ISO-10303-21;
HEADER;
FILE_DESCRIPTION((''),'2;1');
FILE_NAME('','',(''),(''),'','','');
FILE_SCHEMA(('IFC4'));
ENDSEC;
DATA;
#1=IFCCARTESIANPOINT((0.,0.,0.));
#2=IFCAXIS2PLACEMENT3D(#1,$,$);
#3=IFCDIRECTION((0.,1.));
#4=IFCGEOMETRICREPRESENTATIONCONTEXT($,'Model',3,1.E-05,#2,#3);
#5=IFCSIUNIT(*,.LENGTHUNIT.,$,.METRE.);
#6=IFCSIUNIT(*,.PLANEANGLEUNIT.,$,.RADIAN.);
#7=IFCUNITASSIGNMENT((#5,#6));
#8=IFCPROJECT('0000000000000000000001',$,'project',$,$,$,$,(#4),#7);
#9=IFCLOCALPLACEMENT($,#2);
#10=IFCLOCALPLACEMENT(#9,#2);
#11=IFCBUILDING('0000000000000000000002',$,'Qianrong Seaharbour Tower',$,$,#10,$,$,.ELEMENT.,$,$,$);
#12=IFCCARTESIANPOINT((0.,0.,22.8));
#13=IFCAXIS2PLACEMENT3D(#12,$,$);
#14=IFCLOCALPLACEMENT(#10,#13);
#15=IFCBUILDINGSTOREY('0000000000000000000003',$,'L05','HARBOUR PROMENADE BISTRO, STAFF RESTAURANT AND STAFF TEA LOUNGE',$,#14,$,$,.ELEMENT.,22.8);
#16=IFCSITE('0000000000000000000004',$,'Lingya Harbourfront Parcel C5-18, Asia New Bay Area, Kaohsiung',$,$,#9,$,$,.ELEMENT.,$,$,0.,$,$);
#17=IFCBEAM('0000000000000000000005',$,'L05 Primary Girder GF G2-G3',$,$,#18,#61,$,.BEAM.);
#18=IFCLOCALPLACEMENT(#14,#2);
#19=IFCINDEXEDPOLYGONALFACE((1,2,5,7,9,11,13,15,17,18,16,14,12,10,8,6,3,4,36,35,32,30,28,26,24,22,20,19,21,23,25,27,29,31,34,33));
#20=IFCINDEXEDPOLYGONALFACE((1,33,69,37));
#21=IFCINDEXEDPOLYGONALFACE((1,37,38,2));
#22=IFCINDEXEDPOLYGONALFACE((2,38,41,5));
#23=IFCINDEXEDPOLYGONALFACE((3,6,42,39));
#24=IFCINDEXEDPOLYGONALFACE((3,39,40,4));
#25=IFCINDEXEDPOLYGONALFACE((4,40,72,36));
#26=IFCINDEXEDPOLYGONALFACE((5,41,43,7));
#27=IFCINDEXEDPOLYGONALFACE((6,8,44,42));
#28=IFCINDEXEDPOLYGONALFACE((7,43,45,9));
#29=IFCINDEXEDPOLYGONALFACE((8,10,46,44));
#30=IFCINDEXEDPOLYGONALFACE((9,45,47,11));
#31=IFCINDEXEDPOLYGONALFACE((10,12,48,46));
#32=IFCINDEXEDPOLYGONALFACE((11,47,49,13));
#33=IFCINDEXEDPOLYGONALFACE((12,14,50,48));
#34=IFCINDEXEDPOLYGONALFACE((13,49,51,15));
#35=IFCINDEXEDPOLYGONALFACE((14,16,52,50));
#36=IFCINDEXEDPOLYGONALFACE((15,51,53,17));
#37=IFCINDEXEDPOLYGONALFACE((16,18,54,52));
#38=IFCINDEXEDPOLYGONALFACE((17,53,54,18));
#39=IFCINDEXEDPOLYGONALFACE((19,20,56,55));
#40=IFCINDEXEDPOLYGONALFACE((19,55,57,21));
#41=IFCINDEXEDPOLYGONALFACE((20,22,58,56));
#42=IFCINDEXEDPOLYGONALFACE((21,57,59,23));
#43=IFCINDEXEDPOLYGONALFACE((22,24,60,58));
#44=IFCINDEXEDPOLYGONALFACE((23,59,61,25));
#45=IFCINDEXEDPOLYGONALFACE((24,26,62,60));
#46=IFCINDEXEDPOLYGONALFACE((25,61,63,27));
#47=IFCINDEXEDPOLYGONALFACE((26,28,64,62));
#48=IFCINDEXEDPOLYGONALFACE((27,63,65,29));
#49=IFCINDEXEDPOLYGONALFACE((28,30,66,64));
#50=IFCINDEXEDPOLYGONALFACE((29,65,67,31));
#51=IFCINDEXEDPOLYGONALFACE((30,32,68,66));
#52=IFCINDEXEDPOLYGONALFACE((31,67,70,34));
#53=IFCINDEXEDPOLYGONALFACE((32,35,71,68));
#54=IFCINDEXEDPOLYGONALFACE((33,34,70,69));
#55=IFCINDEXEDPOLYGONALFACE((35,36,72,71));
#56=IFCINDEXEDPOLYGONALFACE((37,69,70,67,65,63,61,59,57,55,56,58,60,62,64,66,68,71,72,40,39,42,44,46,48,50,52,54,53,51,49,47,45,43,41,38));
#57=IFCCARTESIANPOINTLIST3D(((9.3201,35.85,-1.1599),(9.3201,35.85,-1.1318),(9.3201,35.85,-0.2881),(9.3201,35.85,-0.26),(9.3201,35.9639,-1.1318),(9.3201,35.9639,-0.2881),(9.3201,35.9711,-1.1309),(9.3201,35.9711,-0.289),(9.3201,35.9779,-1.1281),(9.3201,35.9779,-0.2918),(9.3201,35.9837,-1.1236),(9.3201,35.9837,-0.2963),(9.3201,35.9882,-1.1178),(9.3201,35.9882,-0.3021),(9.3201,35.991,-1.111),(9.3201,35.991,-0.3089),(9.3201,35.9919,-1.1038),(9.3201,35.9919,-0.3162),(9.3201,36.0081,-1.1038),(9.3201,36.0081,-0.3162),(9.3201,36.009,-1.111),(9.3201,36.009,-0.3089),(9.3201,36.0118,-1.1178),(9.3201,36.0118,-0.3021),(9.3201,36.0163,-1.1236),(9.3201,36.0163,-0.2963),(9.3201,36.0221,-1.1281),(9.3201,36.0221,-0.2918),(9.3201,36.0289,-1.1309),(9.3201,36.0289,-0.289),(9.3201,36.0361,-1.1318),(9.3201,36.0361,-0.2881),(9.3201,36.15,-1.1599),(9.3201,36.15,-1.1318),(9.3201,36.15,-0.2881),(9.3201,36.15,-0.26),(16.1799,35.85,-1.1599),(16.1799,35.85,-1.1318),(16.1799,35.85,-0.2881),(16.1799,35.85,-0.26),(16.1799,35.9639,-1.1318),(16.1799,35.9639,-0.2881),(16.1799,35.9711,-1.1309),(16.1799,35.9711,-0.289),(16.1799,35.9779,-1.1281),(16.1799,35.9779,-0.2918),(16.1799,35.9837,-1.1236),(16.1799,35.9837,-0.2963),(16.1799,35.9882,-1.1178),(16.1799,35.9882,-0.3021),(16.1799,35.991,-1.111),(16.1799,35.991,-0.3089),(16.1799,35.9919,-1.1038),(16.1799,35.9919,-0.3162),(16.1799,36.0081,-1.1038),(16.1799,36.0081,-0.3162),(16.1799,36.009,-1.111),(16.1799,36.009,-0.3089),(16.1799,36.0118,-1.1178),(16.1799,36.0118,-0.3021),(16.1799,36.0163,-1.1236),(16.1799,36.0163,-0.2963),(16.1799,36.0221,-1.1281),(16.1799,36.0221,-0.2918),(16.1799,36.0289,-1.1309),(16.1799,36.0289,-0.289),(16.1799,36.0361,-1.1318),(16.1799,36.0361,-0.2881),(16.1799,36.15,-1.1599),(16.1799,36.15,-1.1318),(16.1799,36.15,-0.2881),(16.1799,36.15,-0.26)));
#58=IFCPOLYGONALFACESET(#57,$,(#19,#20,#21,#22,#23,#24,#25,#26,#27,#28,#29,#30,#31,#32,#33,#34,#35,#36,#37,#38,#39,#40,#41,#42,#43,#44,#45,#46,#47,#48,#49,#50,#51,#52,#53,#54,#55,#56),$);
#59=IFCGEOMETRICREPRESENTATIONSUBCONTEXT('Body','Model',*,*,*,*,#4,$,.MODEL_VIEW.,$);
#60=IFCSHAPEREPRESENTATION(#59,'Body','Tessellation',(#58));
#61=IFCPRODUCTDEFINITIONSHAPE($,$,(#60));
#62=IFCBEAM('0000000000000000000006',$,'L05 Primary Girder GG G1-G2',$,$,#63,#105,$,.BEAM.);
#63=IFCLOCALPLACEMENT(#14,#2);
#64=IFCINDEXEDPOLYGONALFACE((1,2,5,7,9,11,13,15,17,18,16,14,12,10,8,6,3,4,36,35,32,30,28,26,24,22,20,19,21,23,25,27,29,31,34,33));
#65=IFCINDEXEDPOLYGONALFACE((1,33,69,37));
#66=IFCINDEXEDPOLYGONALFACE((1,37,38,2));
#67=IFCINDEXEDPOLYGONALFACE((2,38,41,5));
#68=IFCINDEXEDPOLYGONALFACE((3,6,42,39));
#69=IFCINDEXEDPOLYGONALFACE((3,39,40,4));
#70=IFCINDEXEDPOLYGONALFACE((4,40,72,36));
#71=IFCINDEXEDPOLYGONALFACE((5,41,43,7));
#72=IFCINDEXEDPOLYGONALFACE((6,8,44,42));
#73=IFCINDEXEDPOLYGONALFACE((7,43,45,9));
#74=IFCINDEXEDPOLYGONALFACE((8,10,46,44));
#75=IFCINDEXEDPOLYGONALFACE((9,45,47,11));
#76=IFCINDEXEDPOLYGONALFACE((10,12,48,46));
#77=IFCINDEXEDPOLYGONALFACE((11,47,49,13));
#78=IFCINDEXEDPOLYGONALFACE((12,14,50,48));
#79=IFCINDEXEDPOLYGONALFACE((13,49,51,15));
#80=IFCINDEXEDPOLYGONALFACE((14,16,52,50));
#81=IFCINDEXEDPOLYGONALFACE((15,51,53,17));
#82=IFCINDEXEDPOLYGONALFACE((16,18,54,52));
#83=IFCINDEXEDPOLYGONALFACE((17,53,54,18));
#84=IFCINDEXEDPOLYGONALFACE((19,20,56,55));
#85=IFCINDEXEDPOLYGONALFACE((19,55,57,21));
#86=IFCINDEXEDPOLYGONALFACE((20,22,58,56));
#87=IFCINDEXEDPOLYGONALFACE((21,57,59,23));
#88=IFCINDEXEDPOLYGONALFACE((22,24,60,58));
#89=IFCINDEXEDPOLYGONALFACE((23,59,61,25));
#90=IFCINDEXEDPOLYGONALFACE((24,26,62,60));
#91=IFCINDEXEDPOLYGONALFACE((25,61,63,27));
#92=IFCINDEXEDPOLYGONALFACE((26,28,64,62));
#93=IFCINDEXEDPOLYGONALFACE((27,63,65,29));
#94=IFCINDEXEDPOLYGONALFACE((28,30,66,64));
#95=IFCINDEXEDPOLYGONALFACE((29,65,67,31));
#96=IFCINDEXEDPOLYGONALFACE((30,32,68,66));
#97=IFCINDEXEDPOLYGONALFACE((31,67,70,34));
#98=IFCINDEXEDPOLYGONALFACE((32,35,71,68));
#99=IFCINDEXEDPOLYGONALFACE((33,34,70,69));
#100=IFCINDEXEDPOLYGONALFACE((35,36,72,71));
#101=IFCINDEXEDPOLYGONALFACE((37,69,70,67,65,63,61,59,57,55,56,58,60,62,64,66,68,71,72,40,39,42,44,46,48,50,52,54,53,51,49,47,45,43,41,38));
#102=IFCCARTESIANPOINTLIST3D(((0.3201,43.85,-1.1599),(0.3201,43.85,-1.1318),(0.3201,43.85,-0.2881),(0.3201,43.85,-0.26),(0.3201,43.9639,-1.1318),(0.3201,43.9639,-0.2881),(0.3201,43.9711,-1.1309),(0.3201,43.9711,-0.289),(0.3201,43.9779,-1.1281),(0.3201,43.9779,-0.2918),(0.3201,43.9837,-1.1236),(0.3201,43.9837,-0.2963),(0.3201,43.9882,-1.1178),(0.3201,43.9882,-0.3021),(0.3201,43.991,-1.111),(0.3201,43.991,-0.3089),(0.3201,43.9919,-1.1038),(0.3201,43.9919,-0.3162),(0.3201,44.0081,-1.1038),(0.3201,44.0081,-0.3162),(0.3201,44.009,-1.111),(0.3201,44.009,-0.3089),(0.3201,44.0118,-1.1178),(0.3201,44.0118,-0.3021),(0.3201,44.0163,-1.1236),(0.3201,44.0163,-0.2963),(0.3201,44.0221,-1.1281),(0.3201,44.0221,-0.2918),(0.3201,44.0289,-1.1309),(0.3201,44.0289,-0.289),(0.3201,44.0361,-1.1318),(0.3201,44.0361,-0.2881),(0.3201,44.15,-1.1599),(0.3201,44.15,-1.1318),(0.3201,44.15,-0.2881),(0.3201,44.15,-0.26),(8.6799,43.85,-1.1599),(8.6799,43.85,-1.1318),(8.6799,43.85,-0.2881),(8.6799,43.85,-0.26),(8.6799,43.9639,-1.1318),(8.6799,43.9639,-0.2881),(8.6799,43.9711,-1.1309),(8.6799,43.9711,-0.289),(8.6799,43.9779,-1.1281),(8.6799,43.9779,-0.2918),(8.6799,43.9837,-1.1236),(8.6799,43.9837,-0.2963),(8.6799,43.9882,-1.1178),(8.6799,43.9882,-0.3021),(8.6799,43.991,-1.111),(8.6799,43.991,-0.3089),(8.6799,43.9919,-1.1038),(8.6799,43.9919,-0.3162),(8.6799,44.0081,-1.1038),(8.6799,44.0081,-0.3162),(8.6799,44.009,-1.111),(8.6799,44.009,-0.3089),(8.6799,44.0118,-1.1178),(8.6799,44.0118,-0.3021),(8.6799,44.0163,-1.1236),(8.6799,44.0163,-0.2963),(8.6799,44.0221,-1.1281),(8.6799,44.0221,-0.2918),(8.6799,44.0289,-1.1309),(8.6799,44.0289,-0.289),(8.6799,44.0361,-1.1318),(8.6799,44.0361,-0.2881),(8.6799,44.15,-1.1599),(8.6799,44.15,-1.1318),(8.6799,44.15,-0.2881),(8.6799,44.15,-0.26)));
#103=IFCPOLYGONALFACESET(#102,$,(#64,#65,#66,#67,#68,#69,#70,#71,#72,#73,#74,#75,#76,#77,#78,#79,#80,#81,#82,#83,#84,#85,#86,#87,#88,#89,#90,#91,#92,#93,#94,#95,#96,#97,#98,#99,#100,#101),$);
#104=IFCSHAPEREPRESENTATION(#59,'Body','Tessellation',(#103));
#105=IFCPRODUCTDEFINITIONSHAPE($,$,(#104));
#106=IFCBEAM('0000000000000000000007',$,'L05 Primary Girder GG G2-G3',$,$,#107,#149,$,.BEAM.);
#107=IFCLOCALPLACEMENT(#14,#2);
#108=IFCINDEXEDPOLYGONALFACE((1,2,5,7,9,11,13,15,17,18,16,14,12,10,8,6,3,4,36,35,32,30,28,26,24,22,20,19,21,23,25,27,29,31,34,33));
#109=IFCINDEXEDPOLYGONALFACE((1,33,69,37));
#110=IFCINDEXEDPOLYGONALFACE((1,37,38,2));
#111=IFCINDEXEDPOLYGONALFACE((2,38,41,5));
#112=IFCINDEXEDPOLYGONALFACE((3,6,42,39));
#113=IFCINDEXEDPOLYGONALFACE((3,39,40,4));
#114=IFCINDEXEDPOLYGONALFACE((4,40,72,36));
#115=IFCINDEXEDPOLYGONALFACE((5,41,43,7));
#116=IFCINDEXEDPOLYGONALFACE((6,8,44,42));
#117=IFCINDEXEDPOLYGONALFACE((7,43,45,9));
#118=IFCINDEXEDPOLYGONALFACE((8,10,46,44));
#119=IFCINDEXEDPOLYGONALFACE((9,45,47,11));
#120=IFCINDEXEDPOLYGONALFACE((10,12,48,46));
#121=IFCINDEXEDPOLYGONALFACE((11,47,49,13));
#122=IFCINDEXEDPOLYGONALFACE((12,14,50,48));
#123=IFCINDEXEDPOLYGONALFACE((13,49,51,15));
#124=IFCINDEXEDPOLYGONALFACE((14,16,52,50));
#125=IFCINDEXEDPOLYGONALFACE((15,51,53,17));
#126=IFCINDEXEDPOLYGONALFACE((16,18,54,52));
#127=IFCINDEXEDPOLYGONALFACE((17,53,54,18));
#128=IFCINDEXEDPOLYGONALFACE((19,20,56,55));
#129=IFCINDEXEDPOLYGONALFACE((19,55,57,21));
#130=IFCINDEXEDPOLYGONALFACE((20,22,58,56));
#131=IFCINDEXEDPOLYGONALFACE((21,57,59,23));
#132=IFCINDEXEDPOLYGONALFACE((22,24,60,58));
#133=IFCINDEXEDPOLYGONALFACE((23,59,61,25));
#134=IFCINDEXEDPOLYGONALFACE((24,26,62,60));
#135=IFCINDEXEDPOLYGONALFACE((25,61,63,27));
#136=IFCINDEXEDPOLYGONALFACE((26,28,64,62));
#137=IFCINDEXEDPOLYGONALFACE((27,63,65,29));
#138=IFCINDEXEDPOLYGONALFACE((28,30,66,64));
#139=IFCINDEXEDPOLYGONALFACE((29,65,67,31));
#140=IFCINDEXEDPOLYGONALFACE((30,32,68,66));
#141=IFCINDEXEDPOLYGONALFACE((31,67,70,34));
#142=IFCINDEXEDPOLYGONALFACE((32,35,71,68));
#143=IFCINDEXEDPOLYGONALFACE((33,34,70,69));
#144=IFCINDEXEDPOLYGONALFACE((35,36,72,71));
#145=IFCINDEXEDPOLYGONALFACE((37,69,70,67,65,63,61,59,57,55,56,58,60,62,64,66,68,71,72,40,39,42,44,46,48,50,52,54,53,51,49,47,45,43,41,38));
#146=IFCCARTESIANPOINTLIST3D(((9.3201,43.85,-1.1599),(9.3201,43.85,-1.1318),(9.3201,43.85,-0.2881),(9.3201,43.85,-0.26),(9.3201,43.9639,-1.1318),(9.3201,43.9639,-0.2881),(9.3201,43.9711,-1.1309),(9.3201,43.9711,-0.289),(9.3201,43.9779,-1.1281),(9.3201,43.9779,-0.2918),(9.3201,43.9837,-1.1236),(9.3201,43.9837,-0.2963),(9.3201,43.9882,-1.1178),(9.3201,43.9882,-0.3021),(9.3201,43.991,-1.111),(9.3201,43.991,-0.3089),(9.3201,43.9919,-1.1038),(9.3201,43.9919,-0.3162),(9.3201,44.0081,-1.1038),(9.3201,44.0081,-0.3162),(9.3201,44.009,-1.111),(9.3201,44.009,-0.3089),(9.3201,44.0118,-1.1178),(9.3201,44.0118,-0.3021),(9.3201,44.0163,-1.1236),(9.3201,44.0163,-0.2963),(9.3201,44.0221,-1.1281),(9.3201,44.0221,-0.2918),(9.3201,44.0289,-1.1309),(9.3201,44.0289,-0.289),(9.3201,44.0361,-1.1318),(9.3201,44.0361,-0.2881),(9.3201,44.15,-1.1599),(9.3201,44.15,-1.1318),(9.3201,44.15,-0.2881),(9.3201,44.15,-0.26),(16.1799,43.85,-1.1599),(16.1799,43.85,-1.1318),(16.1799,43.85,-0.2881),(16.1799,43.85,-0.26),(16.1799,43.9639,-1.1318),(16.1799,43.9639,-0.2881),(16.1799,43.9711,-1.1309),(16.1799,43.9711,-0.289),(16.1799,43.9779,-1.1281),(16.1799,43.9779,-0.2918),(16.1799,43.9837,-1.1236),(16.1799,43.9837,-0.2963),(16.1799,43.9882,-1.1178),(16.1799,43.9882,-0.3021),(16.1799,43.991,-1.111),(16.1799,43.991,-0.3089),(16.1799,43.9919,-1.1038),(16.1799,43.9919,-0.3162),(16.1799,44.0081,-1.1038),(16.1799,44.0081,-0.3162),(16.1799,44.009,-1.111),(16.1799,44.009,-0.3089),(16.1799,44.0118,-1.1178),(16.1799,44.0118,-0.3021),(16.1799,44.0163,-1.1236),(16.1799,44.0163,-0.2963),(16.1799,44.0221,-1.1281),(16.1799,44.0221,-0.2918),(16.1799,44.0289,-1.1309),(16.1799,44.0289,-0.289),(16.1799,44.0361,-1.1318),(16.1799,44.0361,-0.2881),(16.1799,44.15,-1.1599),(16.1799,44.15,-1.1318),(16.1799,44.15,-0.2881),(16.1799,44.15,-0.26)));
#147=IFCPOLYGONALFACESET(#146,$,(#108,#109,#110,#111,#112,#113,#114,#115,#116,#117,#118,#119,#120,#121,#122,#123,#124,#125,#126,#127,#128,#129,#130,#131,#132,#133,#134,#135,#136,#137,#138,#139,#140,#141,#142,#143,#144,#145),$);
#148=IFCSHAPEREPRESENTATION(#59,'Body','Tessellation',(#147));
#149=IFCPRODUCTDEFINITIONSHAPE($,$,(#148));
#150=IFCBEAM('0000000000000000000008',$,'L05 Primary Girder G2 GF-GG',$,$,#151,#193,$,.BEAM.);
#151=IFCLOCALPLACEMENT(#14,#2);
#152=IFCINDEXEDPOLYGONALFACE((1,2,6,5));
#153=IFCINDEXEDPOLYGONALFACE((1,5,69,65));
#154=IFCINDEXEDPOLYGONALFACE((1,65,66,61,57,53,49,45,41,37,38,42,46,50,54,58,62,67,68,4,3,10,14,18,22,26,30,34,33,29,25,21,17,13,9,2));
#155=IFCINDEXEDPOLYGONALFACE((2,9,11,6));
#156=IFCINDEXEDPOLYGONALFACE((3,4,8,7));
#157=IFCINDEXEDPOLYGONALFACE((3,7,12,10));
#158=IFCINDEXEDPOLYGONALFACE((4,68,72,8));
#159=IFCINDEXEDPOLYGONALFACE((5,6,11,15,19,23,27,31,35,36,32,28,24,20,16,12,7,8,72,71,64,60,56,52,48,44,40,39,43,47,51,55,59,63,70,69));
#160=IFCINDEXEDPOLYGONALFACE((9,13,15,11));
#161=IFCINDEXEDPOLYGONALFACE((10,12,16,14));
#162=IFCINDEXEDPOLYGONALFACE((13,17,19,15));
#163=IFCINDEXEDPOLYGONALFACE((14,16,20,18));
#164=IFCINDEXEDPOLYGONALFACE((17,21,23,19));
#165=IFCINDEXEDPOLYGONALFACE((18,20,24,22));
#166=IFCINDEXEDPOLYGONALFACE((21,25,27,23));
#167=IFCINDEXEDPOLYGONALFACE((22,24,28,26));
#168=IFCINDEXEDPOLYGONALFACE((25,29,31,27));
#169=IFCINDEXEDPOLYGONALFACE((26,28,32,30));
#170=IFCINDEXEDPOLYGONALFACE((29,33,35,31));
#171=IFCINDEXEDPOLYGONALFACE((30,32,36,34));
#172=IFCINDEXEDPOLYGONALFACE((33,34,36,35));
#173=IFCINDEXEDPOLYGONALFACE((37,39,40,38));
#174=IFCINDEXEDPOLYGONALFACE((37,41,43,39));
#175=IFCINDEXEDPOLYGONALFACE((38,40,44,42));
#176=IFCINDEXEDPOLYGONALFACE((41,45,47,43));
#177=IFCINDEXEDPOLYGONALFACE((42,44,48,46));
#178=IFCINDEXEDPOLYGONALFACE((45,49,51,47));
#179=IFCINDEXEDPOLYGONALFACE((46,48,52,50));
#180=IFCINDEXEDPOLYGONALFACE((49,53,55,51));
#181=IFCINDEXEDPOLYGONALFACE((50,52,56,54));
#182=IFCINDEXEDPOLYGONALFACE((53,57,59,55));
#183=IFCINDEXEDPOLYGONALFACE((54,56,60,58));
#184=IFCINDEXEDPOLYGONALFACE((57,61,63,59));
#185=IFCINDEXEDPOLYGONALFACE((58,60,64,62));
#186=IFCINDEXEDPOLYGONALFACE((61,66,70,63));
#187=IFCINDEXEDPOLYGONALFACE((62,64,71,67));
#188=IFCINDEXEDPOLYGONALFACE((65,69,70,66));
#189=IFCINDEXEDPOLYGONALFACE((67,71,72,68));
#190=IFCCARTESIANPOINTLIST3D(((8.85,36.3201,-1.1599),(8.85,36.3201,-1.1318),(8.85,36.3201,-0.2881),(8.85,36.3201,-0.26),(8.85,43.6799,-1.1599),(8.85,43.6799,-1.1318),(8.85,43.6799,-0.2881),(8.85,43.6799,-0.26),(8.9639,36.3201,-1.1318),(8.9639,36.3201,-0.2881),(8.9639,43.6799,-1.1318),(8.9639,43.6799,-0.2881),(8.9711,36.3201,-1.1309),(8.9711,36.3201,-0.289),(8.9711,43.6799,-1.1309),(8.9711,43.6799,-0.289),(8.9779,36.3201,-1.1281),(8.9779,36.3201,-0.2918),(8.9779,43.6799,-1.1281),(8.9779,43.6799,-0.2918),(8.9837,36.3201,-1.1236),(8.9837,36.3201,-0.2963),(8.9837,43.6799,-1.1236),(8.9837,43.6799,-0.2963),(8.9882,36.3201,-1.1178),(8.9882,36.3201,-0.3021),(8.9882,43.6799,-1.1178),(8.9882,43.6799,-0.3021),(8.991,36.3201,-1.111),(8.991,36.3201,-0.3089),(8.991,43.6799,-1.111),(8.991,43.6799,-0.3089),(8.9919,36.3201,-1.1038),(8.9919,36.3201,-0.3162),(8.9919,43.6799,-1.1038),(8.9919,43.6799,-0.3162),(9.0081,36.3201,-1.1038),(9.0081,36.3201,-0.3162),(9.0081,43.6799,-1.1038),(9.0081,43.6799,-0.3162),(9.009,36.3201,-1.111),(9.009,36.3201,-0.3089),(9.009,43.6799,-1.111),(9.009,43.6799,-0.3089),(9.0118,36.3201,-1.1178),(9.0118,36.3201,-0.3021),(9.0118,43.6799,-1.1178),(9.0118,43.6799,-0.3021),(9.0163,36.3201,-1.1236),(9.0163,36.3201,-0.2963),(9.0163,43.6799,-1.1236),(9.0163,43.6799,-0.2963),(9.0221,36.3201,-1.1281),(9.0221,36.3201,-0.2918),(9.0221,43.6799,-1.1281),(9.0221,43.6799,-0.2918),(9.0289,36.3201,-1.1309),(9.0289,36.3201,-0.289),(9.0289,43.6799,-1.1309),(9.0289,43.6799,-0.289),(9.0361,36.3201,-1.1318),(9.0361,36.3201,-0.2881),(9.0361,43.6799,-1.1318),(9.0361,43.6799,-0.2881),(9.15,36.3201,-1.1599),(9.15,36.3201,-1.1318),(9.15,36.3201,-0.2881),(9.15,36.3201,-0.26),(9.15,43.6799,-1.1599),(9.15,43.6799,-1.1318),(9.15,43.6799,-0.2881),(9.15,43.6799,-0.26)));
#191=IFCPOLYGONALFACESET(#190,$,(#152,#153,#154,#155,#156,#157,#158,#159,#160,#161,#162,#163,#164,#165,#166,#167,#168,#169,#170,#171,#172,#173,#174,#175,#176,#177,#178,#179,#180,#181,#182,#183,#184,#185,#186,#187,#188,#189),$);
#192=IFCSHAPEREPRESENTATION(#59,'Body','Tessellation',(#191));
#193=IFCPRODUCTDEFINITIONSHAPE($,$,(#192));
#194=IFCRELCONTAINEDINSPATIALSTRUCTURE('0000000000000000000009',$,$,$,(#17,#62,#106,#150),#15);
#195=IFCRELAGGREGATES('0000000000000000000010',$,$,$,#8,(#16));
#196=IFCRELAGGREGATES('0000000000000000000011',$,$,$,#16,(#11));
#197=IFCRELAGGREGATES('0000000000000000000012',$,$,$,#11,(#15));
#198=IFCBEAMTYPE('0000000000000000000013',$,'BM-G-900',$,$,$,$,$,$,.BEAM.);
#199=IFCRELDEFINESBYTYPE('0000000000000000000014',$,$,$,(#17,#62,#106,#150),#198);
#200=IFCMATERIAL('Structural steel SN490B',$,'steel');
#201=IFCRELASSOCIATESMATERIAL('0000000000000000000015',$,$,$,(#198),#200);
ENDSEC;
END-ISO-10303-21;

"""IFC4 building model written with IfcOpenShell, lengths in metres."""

from ifc_helpers import new_model, si_unit, direction, frame, origin, origin_2d, place, context, subcontext, project, spatial, i_section, extrude, material, material_profile, profile_set, type_object, element, save


model = new_model("IFC4")

# Units and contexts
model_context = context("Model", 3, precision=1e-05, world=origin(), true_north=direction((0.0, 1.0)))
body_context = subcontext(model_context, "Body", "Model", "MODEL_VIEW")
ifc_project = project(units=[si_unit("LENGTHUNIT", "METRE"), si_unit("PLANEANGLEUNIT", "RADIAN")], contexts=[model_context])

# Site, building, storey
site_placement = place(None, origin())
site = spatial("IfcSite", under=ifc_project, at=site_placement, Name="Lingya Harbourfront Parcel C5-18, Asia New Bay Area, Kaohsiung", CompositionType="ELEMENT", RefElevation=0.0)
building_placement = place(site_placement, origin())
building = spatial("IfcBuilding", under=site, at=building_placement, Name="Qianrong Seaharbour Tower", CompositionType="ELEMENT")
storey_placement = place(building_placement, frame((0.0, 0.0, 22.8)))
storey = spatial("IfcBuildingStorey", under=building, at=storey_placement, Name="L05", Description="HARBOUR PROMENADE BISTRO, STAFF RESTAURANT AND STAFF TEA LOUNGE", CompositionType="ELEMENT", Elevation=22.8)

# Shared definitions
ifc_material_1 = material(Name="Structural steel SN490B", Category="steel")

# Beams
ifc_material_profile_1 = material_profile(ifc_material_1, i_section(OverallWidth=0.3, OverallDepth=0.8999, WebThickness=0.0161, FlangeThickness=0.0281, FilletRadius=0.0281, at=origin_2d()), Name="H900x300x16x28")
ifc_profile_set_1 = profile_set([ifc_material_profile_1], Name="Structural steel SN490B")
beam_type_1 = type_object("IfcBeamType", Name="BM-G-900", PredefinedType="BEAM", material=ifc_profile_set_1)
beam_1_placement = place(storey_placement, frame((9.3201, 36.0, -0.71), z_axis=(1.0, 0.0, 0.0), x_axis=(0.0, 1.0, 0.0)))
element("IfcBeam", 1, at=beam_1_placement, inside=storey, type_object=beam_type_1, Name="L05 Primary Girder GF G2-G3", PredefinedType="BEAM", context=body_context, shape_type="SweptSolid", body=[
    extrude(i_section(OverallWidth=0.3, OverallDepth=0.8999, WebThickness=0.0161, FlangeThickness=0.0281, FilletRadius=0.0281, at=origin_2d()), origin(), (0.0, 0.0, 1.0), 6.8599),
])
beam_2_placement = place(storey_placement, frame((0.3201, 44.0, -0.71), z_axis=(1.0, 0.0, 0.0), x_axis=(0.0, 1.0, 0.0)))
element("IfcBeam", 2, at=beam_2_placement, inside=storey, type_object=beam_type_1, Name="L05 Primary Girder GG G1-G2", PredefinedType="BEAM", context=body_context, shape_type="SweptSolid", body=[
    extrude(i_section(OverallWidth=0.3, OverallDepth=0.8999, WebThickness=0.0161, FlangeThickness=0.0281, FilletRadius=0.0281, at=origin_2d()), origin(), (0.0, 0.0, 1.0), 8.3599),
])
beam_3_placement = place(storey_placement, frame((9.3201, 44.0, -0.71), z_axis=(1.0, 0.0, 0.0), x_axis=(0.0, 1.0, 0.0)))
element("IfcBeam", 3, at=beam_3_placement, inside=storey, type_object=beam_type_1, Name="L05 Primary Girder GG G2-G3", PredefinedType="BEAM", context=body_context, shape_type="SweptSolid", body=[
    extrude(i_section(OverallWidth=0.3, OverallDepth=0.8999, WebThickness=0.0161, FlangeThickness=0.0281, FilletRadius=0.0281, at=origin_2d()), origin(), (0.0, 0.0, 1.0), 6.8599),
])
for number, where, z_axis, x_axis, name in (
    (4, (9.0, 36.3201, -0.71), (0.0, 1.0, 0.0), (-1.0, 0.0, 0.0), "L05 Primary Girder G2 GF-GG"),
):
    element("IfcBeam", number, at=place(storey_placement, frame(where, z_axis=z_axis, x_axis=x_axis)), inside=storey, type_object=beam_type_1, Name=name, PredefinedType="BEAM", context=body_context, shape_type="SweptSolid", body=[
        extrude(i_section(OverallWidth=0.3, OverallDepth=0.8999, WebThickness=0.0161, FlangeThickness=0.0281, FilletRadius=0.0281, at=origin_2d()), origin(), (0.0, 0.0, 1.0), 7.3599),
    ])

save(model, "model.ifc")
